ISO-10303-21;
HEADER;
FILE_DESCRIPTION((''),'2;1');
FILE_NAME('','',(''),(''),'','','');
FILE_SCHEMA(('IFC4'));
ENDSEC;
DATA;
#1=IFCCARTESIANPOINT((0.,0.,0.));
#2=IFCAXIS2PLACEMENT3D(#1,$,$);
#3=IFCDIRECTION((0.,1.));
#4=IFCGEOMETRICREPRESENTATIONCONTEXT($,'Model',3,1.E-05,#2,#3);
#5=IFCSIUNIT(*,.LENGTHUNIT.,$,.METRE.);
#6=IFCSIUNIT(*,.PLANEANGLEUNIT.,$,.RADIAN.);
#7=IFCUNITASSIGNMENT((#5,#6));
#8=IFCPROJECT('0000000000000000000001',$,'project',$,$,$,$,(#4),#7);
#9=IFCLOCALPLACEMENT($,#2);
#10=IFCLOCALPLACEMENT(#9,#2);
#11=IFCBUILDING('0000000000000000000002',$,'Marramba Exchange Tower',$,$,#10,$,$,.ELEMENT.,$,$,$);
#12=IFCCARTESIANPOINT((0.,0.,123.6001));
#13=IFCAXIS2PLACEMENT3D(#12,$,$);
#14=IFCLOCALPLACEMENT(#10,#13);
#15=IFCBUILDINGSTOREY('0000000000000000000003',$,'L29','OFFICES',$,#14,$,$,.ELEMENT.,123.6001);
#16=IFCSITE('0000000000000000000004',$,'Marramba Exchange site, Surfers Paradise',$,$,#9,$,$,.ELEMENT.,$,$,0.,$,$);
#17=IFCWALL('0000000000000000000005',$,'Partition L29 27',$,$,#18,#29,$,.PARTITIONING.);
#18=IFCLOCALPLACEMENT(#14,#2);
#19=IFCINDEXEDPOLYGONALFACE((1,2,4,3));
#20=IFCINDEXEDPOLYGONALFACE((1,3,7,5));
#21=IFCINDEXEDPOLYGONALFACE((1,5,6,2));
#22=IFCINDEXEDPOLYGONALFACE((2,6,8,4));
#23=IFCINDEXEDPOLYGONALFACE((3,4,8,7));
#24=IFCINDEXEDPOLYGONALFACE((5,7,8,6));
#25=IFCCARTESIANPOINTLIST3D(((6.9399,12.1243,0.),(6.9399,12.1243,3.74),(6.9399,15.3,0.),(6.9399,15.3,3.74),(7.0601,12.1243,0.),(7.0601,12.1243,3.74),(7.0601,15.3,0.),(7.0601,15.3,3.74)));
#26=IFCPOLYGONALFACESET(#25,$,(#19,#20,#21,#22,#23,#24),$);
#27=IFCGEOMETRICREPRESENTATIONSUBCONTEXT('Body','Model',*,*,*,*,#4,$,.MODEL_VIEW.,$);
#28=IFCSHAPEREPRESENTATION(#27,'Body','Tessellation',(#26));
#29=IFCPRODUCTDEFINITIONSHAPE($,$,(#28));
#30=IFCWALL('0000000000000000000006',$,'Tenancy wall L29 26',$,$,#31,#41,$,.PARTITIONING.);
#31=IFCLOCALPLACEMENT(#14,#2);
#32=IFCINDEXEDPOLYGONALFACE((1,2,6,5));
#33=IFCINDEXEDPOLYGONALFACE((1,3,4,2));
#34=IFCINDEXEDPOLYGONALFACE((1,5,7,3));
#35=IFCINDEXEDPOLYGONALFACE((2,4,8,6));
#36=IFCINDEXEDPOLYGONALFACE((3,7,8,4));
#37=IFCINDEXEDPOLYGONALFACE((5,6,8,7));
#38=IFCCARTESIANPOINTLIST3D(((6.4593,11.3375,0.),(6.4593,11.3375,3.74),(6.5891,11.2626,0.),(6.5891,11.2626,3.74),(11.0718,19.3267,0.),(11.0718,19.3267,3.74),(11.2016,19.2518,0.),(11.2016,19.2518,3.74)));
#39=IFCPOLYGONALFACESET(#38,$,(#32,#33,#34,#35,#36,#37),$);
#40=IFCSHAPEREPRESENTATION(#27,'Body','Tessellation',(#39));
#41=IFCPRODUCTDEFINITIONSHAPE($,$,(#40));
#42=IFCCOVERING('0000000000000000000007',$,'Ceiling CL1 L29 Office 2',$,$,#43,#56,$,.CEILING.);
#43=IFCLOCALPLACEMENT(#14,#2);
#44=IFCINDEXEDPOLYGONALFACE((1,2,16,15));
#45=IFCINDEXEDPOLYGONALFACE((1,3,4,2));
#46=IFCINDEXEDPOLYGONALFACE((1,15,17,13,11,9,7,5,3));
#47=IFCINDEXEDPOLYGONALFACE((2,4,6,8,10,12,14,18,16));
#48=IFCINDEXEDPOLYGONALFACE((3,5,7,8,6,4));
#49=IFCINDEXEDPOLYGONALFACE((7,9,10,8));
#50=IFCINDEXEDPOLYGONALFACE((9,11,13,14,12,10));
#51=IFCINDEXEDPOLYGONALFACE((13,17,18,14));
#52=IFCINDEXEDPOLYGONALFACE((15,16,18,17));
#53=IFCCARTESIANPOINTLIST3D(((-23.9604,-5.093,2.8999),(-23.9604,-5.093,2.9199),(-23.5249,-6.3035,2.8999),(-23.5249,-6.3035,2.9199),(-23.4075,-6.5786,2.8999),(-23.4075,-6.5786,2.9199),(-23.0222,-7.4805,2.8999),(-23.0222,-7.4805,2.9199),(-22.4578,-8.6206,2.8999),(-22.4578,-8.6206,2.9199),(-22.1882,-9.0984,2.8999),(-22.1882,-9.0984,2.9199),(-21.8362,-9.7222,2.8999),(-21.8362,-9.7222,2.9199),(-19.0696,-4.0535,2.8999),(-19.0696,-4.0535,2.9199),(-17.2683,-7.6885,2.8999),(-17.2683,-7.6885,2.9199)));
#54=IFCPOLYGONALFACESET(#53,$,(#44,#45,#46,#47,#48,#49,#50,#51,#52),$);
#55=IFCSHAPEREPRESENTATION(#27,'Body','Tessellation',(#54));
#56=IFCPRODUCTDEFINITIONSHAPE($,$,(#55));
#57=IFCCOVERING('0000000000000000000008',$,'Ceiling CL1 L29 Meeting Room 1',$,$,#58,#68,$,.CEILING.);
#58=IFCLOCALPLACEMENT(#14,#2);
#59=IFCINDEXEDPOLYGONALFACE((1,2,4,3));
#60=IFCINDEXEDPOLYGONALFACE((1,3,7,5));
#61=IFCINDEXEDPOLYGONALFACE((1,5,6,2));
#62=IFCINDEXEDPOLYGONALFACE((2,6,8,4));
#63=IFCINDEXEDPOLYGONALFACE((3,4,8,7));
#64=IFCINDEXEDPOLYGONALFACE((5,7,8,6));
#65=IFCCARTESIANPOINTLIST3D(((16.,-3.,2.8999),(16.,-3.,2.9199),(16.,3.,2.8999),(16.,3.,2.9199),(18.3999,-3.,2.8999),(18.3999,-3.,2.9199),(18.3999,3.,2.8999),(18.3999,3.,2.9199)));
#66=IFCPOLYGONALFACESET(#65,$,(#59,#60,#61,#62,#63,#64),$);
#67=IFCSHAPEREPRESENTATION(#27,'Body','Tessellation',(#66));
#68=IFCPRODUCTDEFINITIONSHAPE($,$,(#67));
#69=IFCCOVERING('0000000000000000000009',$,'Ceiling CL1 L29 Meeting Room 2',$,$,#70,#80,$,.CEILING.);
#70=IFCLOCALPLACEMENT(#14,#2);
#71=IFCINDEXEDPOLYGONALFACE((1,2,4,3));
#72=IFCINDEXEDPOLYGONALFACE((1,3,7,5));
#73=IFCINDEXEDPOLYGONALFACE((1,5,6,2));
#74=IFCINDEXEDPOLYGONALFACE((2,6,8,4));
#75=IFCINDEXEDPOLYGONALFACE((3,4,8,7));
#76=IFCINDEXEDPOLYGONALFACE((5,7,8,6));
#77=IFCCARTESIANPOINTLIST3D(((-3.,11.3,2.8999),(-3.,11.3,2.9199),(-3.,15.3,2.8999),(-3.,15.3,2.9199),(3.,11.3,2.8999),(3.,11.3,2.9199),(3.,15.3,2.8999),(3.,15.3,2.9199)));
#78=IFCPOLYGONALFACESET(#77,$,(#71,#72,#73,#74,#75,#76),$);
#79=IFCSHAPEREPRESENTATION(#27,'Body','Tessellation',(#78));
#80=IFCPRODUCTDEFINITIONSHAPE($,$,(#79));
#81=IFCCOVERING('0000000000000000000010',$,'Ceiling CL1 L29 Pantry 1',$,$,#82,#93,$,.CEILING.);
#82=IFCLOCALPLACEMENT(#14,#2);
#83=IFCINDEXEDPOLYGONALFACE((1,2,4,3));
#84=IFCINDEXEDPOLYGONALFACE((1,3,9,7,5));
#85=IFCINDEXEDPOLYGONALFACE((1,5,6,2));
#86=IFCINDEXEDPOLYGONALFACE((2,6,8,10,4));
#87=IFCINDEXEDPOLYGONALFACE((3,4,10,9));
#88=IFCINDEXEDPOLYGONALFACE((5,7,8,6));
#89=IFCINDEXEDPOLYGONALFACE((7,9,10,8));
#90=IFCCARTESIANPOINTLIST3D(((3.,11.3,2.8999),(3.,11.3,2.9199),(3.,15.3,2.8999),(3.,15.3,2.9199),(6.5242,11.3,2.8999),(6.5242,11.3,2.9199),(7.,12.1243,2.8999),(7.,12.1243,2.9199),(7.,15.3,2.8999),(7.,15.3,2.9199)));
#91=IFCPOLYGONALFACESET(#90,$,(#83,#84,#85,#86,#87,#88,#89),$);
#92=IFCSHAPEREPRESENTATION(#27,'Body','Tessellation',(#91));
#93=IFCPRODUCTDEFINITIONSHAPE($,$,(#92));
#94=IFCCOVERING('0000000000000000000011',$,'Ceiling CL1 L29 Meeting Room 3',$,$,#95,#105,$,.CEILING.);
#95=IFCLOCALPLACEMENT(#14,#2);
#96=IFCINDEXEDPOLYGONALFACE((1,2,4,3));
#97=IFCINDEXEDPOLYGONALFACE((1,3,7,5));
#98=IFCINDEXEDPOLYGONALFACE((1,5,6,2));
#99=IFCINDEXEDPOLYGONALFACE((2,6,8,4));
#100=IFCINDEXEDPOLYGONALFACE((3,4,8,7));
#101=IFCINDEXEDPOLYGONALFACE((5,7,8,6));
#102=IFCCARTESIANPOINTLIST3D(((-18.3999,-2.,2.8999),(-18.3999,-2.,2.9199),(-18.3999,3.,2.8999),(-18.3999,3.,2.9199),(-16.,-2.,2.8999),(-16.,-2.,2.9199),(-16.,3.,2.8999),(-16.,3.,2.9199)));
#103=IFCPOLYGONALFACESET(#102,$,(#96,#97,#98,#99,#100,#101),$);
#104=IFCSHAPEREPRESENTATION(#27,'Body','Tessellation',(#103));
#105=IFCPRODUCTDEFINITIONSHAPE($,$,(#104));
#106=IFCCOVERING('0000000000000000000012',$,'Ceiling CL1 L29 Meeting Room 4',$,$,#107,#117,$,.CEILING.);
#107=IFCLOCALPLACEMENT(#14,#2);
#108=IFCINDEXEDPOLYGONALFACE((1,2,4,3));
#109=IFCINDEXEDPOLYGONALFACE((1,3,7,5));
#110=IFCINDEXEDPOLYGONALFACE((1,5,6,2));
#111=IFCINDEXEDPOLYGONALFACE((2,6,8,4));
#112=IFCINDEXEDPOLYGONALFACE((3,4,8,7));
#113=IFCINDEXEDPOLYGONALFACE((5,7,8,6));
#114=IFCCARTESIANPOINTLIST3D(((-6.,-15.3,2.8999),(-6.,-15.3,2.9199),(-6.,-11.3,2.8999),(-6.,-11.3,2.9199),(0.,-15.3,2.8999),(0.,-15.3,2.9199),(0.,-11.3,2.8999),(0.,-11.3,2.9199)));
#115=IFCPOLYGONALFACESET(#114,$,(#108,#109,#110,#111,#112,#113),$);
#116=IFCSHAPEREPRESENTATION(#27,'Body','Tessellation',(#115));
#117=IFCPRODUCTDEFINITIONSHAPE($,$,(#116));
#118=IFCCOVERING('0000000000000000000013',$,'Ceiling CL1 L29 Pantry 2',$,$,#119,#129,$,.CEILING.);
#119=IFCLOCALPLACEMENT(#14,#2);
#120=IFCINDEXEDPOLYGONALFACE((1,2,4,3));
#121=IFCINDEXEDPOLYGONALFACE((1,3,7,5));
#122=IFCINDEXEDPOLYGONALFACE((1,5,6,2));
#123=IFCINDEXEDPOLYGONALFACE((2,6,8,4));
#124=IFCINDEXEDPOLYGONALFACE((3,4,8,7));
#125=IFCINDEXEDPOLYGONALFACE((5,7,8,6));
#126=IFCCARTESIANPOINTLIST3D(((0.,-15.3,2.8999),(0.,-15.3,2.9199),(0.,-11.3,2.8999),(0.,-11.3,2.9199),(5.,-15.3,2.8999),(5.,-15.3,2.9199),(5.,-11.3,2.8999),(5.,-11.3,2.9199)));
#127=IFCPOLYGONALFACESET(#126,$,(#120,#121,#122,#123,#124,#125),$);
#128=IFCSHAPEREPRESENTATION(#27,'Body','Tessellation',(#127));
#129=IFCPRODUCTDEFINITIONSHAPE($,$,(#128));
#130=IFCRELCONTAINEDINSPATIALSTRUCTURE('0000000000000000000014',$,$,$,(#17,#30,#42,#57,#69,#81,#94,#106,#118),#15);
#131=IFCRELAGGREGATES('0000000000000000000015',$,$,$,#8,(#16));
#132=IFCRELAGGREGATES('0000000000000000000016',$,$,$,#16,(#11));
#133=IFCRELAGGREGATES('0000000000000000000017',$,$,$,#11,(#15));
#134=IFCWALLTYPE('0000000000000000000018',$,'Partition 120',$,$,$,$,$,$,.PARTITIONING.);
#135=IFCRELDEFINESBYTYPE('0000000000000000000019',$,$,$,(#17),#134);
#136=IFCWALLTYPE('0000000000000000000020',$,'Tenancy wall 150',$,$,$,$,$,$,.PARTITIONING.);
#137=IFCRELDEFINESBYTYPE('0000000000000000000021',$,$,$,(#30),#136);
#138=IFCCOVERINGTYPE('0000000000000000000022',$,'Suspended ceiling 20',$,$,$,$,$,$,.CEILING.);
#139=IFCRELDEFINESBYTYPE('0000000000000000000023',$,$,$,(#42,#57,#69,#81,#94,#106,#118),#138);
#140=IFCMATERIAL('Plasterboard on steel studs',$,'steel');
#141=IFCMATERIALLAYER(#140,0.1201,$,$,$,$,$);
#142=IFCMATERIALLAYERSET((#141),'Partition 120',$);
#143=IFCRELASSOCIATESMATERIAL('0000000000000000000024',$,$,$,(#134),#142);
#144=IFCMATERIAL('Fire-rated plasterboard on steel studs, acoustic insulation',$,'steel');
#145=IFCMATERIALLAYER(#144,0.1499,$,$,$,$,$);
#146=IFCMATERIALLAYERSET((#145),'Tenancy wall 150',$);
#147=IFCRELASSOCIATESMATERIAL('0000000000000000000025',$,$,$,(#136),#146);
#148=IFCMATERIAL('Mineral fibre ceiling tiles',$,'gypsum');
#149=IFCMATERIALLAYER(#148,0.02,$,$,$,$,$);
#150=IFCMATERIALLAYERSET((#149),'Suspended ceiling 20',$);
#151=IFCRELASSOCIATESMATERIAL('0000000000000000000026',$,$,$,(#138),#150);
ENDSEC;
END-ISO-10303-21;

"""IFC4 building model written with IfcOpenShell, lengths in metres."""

from ifc_helpers import new_model, si_unit, direction, frame, frame_2d, origin, place, context, subcontext, project, spatial, polyline, rectangle, outline, extrude, material, layer, layer_set, type_object, element, save


model = new_model("IFC4")

# Units and contexts
model_context = context("Model", 3, precision=1e-05, world=origin(), true_north=direction((0.0, 1.0)))
body_context = subcontext(model_context, "Body", "Model", "MODEL_VIEW")
ifc_project = project(units=[si_unit("LENGTHUNIT", "METRE"), si_unit("PLANEANGLEUNIT", "RADIAN")], contexts=[model_context])

# Site, building, storey
site_placement = place(None, origin())
site = spatial("IfcSite", under=ifc_project, at=site_placement, Name="Marramba Exchange site, Surfers Paradise", CompositionType="ELEMENT", RefElevation=0.0)
building_placement = place(site_placement, origin())
building = spatial("IfcBuilding", under=site, at=building_placement, Name="Marramba Exchange Tower", CompositionType="ELEMENT")
storey_placement = place(building_placement, frame((0.0, 0.0, 123.6001)))
storey = spatial("IfcBuildingStorey", under=building, at=storey_placement, Name="L29", Description="OFFICES", CompositionType="ELEMENT", Elevation=123.6001)

# Walls
ifc_material_1 = material(Name="Plasterboard on steel studs", Category="steel")
ifc_layer_1 = layer(ifc_material_1, 0.1201)
ifc_layer_set_1 = layer_set([ifc_layer_1], Name="Partition 120")
wall_type_1 = type_object("IfcWallType", Name="Partition 120", PredefinedType="PARTITIONING", material=ifc_layer_set_1)
wall_1_placement = place(storey_placement, frame((7.0, 12.1243, 0.0), z_axis=(0.0, 0.0, 1.0), x_axis=(0.0, 1.0, 0.0)))
element("IfcWall", 1, at=wall_1_placement, inside=storey, type_object=wall_type_1, Name="Partition L29 27", PredefinedType="PARTITIONING", context=body_context, shape_type="SweptSolid", body=[
    extrude(rectangle(XDim=3.1758, YDim=0.1201, at=frame_2d((1.5879, 0.0))), origin(), (0.0, 0.0, 1.0), 3.74),
])
ifc_material_2 = material(Name="Fire-rated plasterboard on steel studs, acoustic insulation", Category="steel")
ifc_layer_2 = layer(ifc_material_2, 0.1499)
ifc_layer_set_2 = layer_set([ifc_layer_2], Name="Tenancy wall 150")
wall_type_2 = type_object("IfcWallType", Name="Tenancy wall 150", PredefinedType="PARTITIONING", material=ifc_layer_set_2)
wall_2_placement = place(storey_placement, frame((6.5242, 11.3, 0.0), z_axis=(0.0, 0.0, 1.0), x_axis=(0.499996, 0.866028, 0.0)))
element("IfcWall", 2, at=wall_2_placement, inside=storey, type_object=wall_type_2, Name="Tenancy wall L29 26", PredefinedType="PARTITIONING", context=body_context, shape_type="SweptSolid", body=[
    extrude(rectangle(XDim=9.2251, YDim=0.1499, at=frame_2d((4.6125, 0.0))), origin(), (0.0, 0.0, 1.0), 3.74),
])

# Coverings
ifc_material_3 = material(Name="Mineral fibre ceiling tiles", Category="gypsum")
ifc_layer_3 = layer(ifc_material_3, 0.02)
ifc_layer_set_3 = layer_set([ifc_layer_3], Name="Suspended ceiling 20")
covering_type = type_object("IfcCoveringType", Name="Suspended ceiling 20", PredefinedType="CEILING", material=ifc_layer_set_3)
covering_1_placement = place(storey_placement, frame((0.0, 0.0, 2.8999)))
element("IfcCovering", 3, at=covering_1_placement, inside=storey, type_object=covering_type, Name="Ceiling CL1 L29 Office 2", PredefinedType="CEILING", context=body_context, shape_type="SweptSolid", body=[
    extrude(outline(polyline([(-22.1882, -9.0984), (-22.4578, -8.6206), (-23.0222, -7.4805), (-23.4075, -6.5786), (-23.5249, -6.3035), (-23.9604, -5.093), (-19.0696, -4.0535), (-17.2683, -7.6885), (-21.8362, -9.7222), (-22.1882, -9.0984)])), origin(), (0.0, 0.0, 1.0), 0.02),
])
covering_2_placement = place(storey_placement, frame((0.0, 0.0, 2.8999)))
element("IfcCovering", 4, at=covering_2_placement, inside=storey, type_object=covering_type, Name="Ceiling CL1 L29 Meeting Room 1", PredefinedType="CEILING", context=body_context, shape_type="SweptSolid", body=[
    extrude(outline(polyline([(18.3999, -3.0), (16.0, -3.0), (16.0, 3.0), (18.3999, 3.0), (18.3999, -3.0)])), origin(), (0.0, 0.0, 1.0), 0.02),
])
covering_3_placement = place(storey_placement, frame((0.0, 0.0, 2.8999)))
element("IfcCovering", 5, at=covering_3_placement, inside=storey, type_object=covering_type, Name="Ceiling CL1 L29 Meeting Room 2", PredefinedType="CEILING", context=body_context, shape_type="SweptSolid", body=[
    extrude(outline(polyline([(3.0, 11.3), (-3.0, 11.3), (-3.0, 15.3), (3.0, 15.3), (3.0, 11.3)])), origin(), (0.0, 0.0, 1.0), 0.02),
])
covering_4_placement = place(storey_placement, frame((0.0, 0.0, 2.8999)))
element("IfcCovering", 6, at=covering_4_placement, inside=storey, type_object=covering_type, Name="Ceiling CL1 L29 Pantry 1", PredefinedType="CEILING", context=body_context, shape_type="SweptSolid", body=[
    extrude(outline(polyline([(7.0, 12.1243), (6.5242, 11.3), (3.0, 11.3), (3.0, 15.3), (7.0, 15.3), (7.0, 12.1243)])), origin(), (0.0, 0.0, 1.0), 0.02),
])
covering_5_placement = place(storey_placement, frame((0.0, 0.0, 2.8999)))
element("IfcCovering", 7, at=covering_5_placement, inside=storey, type_object=covering_type, Name="Ceiling CL1 L29 Meeting Room 3", PredefinedType="CEILING", context=body_context, shape_type="SweptSolid", body=[
    extrude(outline(polyline([(-16.0, -2.0), (-18.3999, -2.0), (-18.3999, 3.0), (-16.0, 3.0), (-16.0, -2.0)])), origin(), (0.0, 0.0, 1.0), 0.02),
])
covering_6_placement = place(storey_placement, frame((0.0, 0.0, 2.8999)))
element("IfcCovering", 8, at=covering_6_placement, inside=storey, type_object=covering_type, Name="Ceiling CL1 L29 Meeting Room 4", PredefinedType="CEILING", context=body_context, shape_type="SweptSolid", body=[
    extrude(outline(polyline([(0.0, -15.3), (-6.0, -15.3), (-6.0, -11.3), (0.0, -11.3), (0.0, -15.3)])), origin(), (0.0, 0.0, 1.0), 0.02),
])
covering_7_placement = place(storey_placement, frame((0.0, 0.0, 2.8999)))
element("IfcCovering", 9, at=covering_7_placement, inside=storey, type_object=covering_type, Name="Ceiling CL1 L29 Pantry 2", PredefinedType="CEILING", context=body_context, shape_type="SweptSolid", body=[
    extrude(outline(polyline([(5.0, -15.3), (0.0, -15.3), (0.0, -11.3), (5.0, -11.3), (5.0, -15.3)])), origin(), (0.0, 0.0, 1.0), 0.02),
])

save(model, "model.ifc")
